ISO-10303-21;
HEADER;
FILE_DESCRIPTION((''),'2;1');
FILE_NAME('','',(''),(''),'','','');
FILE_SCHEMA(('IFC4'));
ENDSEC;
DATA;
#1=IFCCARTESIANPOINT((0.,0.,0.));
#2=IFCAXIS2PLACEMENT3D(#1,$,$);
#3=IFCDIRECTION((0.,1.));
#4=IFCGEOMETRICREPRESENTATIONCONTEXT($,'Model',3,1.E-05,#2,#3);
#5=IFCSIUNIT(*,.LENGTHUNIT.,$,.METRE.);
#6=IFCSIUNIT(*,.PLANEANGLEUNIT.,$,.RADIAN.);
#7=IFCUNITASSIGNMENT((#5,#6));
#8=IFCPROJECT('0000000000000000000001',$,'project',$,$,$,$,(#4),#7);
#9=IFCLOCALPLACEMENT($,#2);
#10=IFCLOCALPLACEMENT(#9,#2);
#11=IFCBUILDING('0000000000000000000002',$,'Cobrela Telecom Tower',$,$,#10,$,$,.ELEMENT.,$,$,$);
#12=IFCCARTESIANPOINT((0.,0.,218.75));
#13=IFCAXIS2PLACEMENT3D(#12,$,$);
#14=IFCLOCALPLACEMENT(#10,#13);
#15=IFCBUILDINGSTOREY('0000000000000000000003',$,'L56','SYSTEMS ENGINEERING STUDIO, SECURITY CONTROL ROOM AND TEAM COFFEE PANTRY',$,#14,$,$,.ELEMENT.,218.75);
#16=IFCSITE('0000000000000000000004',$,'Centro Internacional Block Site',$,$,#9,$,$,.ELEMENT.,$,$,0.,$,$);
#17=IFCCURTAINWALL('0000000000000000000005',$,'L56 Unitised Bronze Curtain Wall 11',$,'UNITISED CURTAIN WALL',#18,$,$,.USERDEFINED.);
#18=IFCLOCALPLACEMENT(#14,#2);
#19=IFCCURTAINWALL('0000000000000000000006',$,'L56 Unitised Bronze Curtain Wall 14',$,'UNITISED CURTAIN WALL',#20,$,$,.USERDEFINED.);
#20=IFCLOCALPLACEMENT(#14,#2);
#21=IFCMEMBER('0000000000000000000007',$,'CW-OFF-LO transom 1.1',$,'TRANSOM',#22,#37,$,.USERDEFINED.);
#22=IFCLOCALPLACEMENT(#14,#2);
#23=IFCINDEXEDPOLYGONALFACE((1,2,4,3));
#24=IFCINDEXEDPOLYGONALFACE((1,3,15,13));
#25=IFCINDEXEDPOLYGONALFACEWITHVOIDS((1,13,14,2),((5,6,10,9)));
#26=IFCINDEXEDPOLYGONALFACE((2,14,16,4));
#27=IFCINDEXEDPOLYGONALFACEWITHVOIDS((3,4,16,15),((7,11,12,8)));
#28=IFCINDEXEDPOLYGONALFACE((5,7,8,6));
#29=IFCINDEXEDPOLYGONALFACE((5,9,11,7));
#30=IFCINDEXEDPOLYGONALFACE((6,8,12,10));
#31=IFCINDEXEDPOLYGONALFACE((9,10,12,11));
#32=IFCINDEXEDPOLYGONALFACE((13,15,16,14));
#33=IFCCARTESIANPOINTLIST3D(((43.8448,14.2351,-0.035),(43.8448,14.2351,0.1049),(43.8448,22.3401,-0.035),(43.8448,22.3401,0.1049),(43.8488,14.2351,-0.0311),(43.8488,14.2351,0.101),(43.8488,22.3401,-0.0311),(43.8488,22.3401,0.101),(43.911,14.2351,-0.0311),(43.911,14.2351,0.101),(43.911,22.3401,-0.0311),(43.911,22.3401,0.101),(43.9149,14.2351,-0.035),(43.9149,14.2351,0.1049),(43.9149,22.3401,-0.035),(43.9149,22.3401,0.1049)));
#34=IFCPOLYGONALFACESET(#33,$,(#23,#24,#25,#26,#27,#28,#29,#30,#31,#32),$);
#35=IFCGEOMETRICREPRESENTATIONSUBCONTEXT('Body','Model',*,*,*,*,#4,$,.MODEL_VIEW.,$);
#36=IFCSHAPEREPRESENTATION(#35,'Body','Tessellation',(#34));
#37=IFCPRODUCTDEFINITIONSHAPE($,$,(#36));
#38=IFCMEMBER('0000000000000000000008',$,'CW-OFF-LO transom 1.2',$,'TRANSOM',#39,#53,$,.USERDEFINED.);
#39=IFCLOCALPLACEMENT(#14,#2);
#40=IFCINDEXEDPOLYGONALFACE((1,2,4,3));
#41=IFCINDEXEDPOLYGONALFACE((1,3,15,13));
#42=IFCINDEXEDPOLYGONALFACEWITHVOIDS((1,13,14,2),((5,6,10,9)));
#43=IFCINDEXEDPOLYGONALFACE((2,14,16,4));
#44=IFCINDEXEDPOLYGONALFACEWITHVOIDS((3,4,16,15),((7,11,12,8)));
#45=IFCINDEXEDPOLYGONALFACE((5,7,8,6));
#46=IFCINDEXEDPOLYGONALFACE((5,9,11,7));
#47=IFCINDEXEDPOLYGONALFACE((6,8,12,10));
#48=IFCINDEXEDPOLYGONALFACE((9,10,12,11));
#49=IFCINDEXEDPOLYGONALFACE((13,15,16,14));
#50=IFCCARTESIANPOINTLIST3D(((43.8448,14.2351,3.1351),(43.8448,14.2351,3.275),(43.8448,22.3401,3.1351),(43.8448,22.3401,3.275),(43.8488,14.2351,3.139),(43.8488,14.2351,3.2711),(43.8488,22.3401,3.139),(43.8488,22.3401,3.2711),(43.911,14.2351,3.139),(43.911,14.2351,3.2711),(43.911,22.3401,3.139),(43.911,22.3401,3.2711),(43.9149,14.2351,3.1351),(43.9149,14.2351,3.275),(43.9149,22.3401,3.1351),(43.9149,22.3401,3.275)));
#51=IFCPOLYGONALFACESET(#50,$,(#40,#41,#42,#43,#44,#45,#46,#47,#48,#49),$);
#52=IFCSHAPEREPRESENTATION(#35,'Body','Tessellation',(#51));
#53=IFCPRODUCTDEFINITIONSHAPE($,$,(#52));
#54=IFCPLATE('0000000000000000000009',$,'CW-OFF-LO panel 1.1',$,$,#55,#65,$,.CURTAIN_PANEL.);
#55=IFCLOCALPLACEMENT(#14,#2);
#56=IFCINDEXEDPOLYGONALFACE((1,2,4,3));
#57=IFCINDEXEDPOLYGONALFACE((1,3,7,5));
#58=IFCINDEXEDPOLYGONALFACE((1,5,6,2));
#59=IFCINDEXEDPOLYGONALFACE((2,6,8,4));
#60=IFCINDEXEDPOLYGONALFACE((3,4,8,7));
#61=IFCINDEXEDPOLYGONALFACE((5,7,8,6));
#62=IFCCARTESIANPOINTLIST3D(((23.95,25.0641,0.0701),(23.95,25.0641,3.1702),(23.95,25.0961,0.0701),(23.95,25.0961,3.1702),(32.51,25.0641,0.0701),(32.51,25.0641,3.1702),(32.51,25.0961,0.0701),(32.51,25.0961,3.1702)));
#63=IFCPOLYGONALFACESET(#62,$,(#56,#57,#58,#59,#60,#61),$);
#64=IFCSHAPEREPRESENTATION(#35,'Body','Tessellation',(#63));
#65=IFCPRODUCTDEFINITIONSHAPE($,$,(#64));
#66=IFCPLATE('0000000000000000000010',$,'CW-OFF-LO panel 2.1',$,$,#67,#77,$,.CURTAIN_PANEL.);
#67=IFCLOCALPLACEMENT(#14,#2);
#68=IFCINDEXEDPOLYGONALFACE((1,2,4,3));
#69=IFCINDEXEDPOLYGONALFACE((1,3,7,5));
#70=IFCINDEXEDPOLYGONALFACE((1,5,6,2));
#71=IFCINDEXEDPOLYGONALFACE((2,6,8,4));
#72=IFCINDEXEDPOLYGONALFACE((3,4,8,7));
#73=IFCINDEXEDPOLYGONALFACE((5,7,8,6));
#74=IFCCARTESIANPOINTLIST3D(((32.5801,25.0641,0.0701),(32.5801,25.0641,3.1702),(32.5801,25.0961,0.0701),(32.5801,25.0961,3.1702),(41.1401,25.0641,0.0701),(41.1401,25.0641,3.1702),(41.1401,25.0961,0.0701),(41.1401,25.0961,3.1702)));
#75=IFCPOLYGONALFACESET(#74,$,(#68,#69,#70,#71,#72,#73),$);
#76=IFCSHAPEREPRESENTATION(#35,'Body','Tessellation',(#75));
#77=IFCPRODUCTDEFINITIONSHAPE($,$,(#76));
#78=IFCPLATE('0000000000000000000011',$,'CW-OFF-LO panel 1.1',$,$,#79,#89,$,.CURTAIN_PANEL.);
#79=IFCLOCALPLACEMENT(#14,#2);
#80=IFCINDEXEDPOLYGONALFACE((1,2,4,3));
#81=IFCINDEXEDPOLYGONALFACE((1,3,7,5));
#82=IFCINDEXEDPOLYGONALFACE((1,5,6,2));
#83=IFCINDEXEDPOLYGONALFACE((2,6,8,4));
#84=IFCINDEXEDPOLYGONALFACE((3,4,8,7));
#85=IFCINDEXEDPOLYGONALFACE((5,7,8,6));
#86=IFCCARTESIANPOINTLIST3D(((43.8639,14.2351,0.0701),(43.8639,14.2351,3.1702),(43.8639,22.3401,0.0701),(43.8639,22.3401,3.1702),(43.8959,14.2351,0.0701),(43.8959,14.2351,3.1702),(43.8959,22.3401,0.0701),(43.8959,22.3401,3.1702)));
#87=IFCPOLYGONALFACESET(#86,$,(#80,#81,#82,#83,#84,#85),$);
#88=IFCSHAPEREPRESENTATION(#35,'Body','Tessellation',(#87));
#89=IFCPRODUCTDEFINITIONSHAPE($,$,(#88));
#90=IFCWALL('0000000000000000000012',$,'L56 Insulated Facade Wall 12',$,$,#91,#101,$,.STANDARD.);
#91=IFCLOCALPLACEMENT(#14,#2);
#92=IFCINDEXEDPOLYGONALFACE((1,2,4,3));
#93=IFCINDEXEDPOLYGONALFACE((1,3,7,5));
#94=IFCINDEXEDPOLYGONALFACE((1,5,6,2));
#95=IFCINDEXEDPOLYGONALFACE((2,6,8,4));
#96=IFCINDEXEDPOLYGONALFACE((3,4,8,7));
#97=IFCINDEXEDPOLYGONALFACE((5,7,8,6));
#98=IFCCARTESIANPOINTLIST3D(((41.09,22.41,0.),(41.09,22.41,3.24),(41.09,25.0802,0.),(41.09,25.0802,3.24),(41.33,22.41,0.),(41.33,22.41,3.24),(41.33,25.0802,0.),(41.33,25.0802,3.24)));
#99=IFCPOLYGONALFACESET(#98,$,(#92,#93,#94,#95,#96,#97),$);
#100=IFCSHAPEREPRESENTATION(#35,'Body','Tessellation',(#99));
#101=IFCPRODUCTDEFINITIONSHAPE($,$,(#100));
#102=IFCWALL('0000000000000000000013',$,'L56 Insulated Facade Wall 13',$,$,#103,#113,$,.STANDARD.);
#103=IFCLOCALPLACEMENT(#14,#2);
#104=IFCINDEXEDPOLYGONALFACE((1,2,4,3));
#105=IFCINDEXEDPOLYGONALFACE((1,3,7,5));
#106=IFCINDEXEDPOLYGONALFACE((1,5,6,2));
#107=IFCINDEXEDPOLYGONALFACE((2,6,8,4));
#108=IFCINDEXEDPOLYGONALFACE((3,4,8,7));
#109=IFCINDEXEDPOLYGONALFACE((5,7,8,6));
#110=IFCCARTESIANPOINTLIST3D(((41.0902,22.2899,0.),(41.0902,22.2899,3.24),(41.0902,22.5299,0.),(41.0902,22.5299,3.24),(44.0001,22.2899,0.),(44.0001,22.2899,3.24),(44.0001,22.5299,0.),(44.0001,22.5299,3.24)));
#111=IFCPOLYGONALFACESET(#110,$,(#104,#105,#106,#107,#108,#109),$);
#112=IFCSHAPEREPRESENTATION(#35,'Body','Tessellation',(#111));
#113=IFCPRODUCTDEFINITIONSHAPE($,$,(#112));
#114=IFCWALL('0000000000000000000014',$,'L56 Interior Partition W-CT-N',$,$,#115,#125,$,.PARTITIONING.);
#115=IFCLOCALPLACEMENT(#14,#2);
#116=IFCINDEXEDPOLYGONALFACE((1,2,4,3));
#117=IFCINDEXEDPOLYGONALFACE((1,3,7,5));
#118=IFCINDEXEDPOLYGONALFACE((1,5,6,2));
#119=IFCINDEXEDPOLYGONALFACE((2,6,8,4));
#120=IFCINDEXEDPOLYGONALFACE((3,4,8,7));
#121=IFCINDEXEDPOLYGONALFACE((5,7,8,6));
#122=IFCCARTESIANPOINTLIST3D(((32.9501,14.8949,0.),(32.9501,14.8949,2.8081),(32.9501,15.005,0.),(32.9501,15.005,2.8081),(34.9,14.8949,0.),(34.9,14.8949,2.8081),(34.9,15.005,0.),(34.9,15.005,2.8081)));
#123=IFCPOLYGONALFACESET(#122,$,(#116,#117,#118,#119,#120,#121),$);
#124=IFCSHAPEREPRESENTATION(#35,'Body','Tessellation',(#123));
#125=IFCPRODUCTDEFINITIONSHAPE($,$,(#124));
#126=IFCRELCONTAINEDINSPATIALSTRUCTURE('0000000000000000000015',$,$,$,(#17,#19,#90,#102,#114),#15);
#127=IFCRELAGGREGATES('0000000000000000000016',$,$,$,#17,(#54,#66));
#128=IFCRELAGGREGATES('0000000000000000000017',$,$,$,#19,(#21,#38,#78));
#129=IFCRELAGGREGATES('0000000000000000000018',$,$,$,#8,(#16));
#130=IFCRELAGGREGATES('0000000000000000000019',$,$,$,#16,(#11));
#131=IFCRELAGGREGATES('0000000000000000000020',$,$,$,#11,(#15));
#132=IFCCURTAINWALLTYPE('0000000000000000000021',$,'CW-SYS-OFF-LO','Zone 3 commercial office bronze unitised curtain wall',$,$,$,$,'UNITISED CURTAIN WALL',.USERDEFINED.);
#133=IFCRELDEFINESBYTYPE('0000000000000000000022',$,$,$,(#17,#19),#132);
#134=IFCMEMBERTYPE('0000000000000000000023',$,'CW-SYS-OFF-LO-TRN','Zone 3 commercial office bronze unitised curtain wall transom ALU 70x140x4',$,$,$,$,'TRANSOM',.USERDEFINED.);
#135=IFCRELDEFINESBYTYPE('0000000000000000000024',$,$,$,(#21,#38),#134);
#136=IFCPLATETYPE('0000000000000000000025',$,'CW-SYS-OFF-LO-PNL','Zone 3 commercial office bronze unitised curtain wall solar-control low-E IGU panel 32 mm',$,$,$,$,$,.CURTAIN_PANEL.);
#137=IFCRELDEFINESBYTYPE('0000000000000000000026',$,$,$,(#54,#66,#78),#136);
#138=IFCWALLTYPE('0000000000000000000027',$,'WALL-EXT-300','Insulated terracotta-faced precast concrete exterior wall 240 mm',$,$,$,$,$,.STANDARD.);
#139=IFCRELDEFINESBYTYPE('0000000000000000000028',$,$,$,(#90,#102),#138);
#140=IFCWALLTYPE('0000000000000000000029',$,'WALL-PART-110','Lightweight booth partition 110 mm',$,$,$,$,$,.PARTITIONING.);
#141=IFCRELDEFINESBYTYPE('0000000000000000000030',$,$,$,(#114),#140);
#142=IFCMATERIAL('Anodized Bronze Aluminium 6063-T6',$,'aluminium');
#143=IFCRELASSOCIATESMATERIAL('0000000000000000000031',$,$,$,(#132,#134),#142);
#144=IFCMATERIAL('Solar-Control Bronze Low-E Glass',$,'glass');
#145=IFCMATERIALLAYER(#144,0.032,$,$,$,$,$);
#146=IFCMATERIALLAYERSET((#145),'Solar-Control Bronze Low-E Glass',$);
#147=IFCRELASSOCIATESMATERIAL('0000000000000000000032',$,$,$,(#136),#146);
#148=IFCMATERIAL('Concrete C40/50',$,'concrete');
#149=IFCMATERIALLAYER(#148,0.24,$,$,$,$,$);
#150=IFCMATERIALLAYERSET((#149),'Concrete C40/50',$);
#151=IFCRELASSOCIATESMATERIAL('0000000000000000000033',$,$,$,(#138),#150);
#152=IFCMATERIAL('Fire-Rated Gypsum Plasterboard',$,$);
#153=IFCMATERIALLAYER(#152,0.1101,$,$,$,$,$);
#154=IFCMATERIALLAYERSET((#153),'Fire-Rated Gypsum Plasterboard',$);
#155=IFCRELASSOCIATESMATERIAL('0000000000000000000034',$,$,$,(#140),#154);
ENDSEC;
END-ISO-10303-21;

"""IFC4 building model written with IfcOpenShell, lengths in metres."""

from ifc_helpers import new_model, si_unit, direction, frame, frame_2d, origin, origin_2d, place, context, subcontext, project, spatial, rectangle, hollow_rectangle, extrude, material, layer, layer_set, material_profile, profile_set, type_object, element, aggregate, save


model = new_model("IFC4")

# Units and contexts
model_context = context("Model", 3, precision=1e-05, world=origin(), true_north=direction((0.0, 1.0)))
body_context = subcontext(model_context, "Body", "Model", "MODEL_VIEW")
ifc_project = project(units=[si_unit("LENGTHUNIT", "METRE"), si_unit("PLANEANGLEUNIT", "RADIAN")], contexts=[model_context])

# Site, building, storey
site_placement = place(None, origin())
site = spatial("IfcSite", under=ifc_project, at=site_placement, Name="Centro Internacional Block Site", CompositionType="ELEMENT", RefElevation=0.0)
building_placement = place(site_placement, origin())
building = spatial("IfcBuilding", under=site, at=building_placement, Name="Cobrela Telecom Tower", CompositionType="ELEMENT")
storey_placement = place(building_placement, frame((0.0, 0.0, 218.75)))
storey = spatial("IfcBuildingStorey", under=building, at=storey_placement, Name="L56", Description="SYSTEMS ENGINEERING STUDIO, SECURITY CONTROL ROOM AND TEAM COFFEE PANTRY", CompositionType="ELEMENT", Elevation=218.75)

# Curtain wall
ifc_material_1 = material(Name="Anodized Bronze Aluminium 6063-T6", Category="aluminium")
curtain_wall_type = type_object("IfcCurtainWallType", Name="CW-SYS-OFF-LO", Description="Zone 3 commercial office bronze unitised curtain wall", ElementType="UNITISED CURTAIN WALL", PredefinedType="USERDEFINED", material=ifc_material_1)
curtain_wall_1_placement = place(storey_placement, origin())
curtain_wall_1 = element("IfcCurtainWall", 1, at=curtain_wall_1_placement, inside=storey, type_object=curtain_wall_type, Name="L56 Unitised Bronze Curtain Wall 11", ObjectType="UNITISED CURTAIN WALL", PredefinedType="USERDEFINED")

# Curtain wall
curtain_wall_2_placement = place(storey_placement, origin())
curtain_wall_2 = element("IfcCurtainWall", 2, at=curtain_wall_2_placement, inside=storey, type_object=curtain_wall_type, Name="L56 Unitised Bronze Curtain Wall 14", ObjectType="UNITISED CURTAIN WALL", PredefinedType="USERDEFINED")

# Members
ifc_material_profile_1 = material_profile(ifc_material_1, hollow_rectangle(XDim=0.0701, YDim=0.1399, WallThickness=0.0039, at=origin_2d()), Name="ALU 70x140x4")
ifc_profile_set_1 = profile_set([ifc_material_profile_1], Name="Anodized Bronze Aluminium 6063-T6")
member_type_1 = type_object("IfcMemberType", Name="CW-SYS-OFF-LO-TRN", Description="Zone 3 commercial office bronze unitised curtain wall transom ALU 70x140x4", ElementType="TRANSOM", PredefinedType="USERDEFINED", material=ifc_profile_set_1)
member_1_placement = place(storey_placement, frame((43.8799, 22.3401, 0.0349), z_axis=(0.0, -1.0, 0.0), x_axis=(1.0, 0.0, 0.0)))
member_1 = element("IfcMember", 3, at=member_1_placement, type_object=member_type_1, Name="CW-OFF-LO transom 1.1", ObjectType="TRANSOM", PredefinedType="USERDEFINED", context=body_context, shape_type="SweptSolid", body=[
    extrude(hollow_rectangle(XDim=0.0701, YDim=0.1399, WallThickness=0.0039, at=origin_2d()), origin(), (0.0, 0.0, 1.0), 8.105),
])
member_2_placement = place(storey_placement, frame((43.8799, 22.3401, 3.2051), z_axis=(0.0, -1.0, 0.0), x_axis=(1.0, 0.0, 0.0)))
member_2 = element("IfcMember", 4, at=member_2_placement, type_object=member_type_1, Name="CW-OFF-LO transom 1.2", ObjectType="TRANSOM", PredefinedType="USERDEFINED", context=body_context, shape_type="SweptSolid", body=[
    extrude(hollow_rectangle(XDim=0.0701, YDim=0.1399, WallThickness=0.0039, at=origin_2d()), origin(), (0.0, 0.0, 1.0), 8.105),
])

# Plates
ifc_material_2 = material(Name="Solar-Control Bronze Low-E Glass", Category="glass")
ifc_layer_1 = layer(ifc_material_2, 0.032)
ifc_layer_set_1 = layer_set([ifc_layer_1], Name="Solar-Control Bronze Low-E Glass")
plate_type = type_object("IfcPlateType", Name="CW-SYS-OFF-LO-PNL", Description="Zone 3 commercial office bronze unitised curtain wall solar-control low-E IGU panel 32 mm", PredefinedType="CURTAIN_PANEL", material=ifc_layer_set_1)
plate_1_placement = place(storey_placement, frame((28.23, 25.0801, 0.0701), z_axis=(0.0, 0.0, 1.0), x_axis=(1.0, 0.0, 0.0)))
plate_1 = element("IfcPlate", 5, at=plate_1_placement, type_object=plate_type, Name="CW-OFF-LO panel 1.1", PredefinedType="CURTAIN_PANEL", context=body_context, shape_type="SweptSolid", body=[
    extrude(rectangle(XDim=8.5601, YDim=0.032, at=origin_2d()), origin(), (0.0, 0.0, 1.0), 3.1001),
])
plate_2_placement = place(storey_placement, frame((36.8601, 25.0801, 0.0701), z_axis=(0.0, 0.0, 1.0), x_axis=(1.0, 0.0, 0.0)))
plate_2 = element("IfcPlate", 6, at=plate_2_placement, type_object=plate_type, Name="CW-OFF-LO panel 2.1", PredefinedType="CURTAIN_PANEL", context=body_context, shape_type="SweptSolid", body=[
    extrude(rectangle(XDim=8.5601, YDim=0.032, at=origin_2d()), origin(), (0.0, 0.0, 1.0), 3.1001),
])
aggregate(curtain_wall_1, [plate_1, plate_2])
plate_3_placement = place(storey_placement, frame((43.8799, 18.2876, 0.0701), z_axis=(0.0, 0.0, 1.0), x_axis=(0.0, -1.0, 0.0)))
plate_3 = element("IfcPlate", 7, at=plate_3_placement, type_object=plate_type, Name="CW-OFF-LO panel 1.1", PredefinedType="CURTAIN_PANEL", context=body_context, shape_type="SweptSolid", body=[
    extrude(rectangle(XDim=8.105, YDim=0.032, at=origin_2d()), origin(), (0.0, 0.0, 1.0), 3.1001),
])
aggregate(curtain_wall_2, [member_1, member_2, plate_3])

# Walls
ifc_material_3 = material(Name="Concrete C40/50", Category="concrete")
ifc_layer_2 = layer(ifc_material_3, 0.24)
ifc_layer_set_2 = layer_set([ifc_layer_2], Name="Concrete C40/50")
wall_type_1 = type_object("IfcWallType", Name="WALL-EXT-300", Description="Insulated terracotta-faced precast concrete exterior wall 240 mm", PredefinedType="STANDARD", material=ifc_layer_set_2)
wall_1_placement = place(storey_placement, frame((41.21, 25.0801, 0.0), z_axis=(0.0, 0.0, 1.0), x_axis=(0.0, -1.0, 0.0)))
element("IfcWall", 8, at=wall_1_placement, inside=storey, type_object=wall_type_1, Name="L56 Insulated Facade Wall 12", PredefinedType="STANDARD", context=body_context, shape_type="SweptSolid", body=[
    extrude(rectangle(XDim=2.6702, YDim=0.24, at=frame_2d((1.335, 0.0))), origin(), (0.0, 0.0, 1.0), 3.24),
])
wall_2_placement = place(storey_placement, frame((41.0901, 22.4099, 0.0), z_axis=(0.0, 0.0, 1.0), x_axis=(1.0, 0.0, 0.0)))
element("IfcWall", 9, at=wall_2_placement, inside=storey, type_object=wall_type_1, Name="L56 Insulated Facade Wall 13", PredefinedType="STANDARD", context=body_context, shape_type="SweptSolid", body=[
    extrude(rectangle(XDim=2.9099, YDim=0.24, at=frame_2d((1.4551, 0.0))), origin(), (0.0, 0.0, 1.0), 3.24),
])
ifc_material_4 = material(Name="Fire-Rated Gypsum Plasterboard")
ifc_layer_3 = layer(ifc_material_4, 0.1101)
ifc_layer_set_3 = layer_set([ifc_layer_3], Name="Fire-Rated Gypsum Plasterboard")
wall_type_2 = type_object("IfcWallType", Name="WALL-PART-110", Description="Lightweight booth partition 110 mm", PredefinedType="PARTITIONING", material=ifc_layer_set_3)
wall_3_placement = place(storey_placement, frame((32.95, 14.95, 0.0), z_axis=(0.0, 0.0, 1.0), x_axis=(1.0, 0.0, 0.0)))
element("IfcWall", 10, at=wall_3_placement, inside=storey, type_object=wall_type_2, Name="L56 Interior Partition W-CT-N", PredefinedType="PARTITIONING", context=body_context, shape_type="SweptSolid", body=[
    extrude(rectangle(XDim=1.95, YDim=0.1101, at=frame_2d((0.9751, 0.0))), origin(), (0.0, 0.0, 1.0), 2.8081),
])

save(model, "model.ifc")
